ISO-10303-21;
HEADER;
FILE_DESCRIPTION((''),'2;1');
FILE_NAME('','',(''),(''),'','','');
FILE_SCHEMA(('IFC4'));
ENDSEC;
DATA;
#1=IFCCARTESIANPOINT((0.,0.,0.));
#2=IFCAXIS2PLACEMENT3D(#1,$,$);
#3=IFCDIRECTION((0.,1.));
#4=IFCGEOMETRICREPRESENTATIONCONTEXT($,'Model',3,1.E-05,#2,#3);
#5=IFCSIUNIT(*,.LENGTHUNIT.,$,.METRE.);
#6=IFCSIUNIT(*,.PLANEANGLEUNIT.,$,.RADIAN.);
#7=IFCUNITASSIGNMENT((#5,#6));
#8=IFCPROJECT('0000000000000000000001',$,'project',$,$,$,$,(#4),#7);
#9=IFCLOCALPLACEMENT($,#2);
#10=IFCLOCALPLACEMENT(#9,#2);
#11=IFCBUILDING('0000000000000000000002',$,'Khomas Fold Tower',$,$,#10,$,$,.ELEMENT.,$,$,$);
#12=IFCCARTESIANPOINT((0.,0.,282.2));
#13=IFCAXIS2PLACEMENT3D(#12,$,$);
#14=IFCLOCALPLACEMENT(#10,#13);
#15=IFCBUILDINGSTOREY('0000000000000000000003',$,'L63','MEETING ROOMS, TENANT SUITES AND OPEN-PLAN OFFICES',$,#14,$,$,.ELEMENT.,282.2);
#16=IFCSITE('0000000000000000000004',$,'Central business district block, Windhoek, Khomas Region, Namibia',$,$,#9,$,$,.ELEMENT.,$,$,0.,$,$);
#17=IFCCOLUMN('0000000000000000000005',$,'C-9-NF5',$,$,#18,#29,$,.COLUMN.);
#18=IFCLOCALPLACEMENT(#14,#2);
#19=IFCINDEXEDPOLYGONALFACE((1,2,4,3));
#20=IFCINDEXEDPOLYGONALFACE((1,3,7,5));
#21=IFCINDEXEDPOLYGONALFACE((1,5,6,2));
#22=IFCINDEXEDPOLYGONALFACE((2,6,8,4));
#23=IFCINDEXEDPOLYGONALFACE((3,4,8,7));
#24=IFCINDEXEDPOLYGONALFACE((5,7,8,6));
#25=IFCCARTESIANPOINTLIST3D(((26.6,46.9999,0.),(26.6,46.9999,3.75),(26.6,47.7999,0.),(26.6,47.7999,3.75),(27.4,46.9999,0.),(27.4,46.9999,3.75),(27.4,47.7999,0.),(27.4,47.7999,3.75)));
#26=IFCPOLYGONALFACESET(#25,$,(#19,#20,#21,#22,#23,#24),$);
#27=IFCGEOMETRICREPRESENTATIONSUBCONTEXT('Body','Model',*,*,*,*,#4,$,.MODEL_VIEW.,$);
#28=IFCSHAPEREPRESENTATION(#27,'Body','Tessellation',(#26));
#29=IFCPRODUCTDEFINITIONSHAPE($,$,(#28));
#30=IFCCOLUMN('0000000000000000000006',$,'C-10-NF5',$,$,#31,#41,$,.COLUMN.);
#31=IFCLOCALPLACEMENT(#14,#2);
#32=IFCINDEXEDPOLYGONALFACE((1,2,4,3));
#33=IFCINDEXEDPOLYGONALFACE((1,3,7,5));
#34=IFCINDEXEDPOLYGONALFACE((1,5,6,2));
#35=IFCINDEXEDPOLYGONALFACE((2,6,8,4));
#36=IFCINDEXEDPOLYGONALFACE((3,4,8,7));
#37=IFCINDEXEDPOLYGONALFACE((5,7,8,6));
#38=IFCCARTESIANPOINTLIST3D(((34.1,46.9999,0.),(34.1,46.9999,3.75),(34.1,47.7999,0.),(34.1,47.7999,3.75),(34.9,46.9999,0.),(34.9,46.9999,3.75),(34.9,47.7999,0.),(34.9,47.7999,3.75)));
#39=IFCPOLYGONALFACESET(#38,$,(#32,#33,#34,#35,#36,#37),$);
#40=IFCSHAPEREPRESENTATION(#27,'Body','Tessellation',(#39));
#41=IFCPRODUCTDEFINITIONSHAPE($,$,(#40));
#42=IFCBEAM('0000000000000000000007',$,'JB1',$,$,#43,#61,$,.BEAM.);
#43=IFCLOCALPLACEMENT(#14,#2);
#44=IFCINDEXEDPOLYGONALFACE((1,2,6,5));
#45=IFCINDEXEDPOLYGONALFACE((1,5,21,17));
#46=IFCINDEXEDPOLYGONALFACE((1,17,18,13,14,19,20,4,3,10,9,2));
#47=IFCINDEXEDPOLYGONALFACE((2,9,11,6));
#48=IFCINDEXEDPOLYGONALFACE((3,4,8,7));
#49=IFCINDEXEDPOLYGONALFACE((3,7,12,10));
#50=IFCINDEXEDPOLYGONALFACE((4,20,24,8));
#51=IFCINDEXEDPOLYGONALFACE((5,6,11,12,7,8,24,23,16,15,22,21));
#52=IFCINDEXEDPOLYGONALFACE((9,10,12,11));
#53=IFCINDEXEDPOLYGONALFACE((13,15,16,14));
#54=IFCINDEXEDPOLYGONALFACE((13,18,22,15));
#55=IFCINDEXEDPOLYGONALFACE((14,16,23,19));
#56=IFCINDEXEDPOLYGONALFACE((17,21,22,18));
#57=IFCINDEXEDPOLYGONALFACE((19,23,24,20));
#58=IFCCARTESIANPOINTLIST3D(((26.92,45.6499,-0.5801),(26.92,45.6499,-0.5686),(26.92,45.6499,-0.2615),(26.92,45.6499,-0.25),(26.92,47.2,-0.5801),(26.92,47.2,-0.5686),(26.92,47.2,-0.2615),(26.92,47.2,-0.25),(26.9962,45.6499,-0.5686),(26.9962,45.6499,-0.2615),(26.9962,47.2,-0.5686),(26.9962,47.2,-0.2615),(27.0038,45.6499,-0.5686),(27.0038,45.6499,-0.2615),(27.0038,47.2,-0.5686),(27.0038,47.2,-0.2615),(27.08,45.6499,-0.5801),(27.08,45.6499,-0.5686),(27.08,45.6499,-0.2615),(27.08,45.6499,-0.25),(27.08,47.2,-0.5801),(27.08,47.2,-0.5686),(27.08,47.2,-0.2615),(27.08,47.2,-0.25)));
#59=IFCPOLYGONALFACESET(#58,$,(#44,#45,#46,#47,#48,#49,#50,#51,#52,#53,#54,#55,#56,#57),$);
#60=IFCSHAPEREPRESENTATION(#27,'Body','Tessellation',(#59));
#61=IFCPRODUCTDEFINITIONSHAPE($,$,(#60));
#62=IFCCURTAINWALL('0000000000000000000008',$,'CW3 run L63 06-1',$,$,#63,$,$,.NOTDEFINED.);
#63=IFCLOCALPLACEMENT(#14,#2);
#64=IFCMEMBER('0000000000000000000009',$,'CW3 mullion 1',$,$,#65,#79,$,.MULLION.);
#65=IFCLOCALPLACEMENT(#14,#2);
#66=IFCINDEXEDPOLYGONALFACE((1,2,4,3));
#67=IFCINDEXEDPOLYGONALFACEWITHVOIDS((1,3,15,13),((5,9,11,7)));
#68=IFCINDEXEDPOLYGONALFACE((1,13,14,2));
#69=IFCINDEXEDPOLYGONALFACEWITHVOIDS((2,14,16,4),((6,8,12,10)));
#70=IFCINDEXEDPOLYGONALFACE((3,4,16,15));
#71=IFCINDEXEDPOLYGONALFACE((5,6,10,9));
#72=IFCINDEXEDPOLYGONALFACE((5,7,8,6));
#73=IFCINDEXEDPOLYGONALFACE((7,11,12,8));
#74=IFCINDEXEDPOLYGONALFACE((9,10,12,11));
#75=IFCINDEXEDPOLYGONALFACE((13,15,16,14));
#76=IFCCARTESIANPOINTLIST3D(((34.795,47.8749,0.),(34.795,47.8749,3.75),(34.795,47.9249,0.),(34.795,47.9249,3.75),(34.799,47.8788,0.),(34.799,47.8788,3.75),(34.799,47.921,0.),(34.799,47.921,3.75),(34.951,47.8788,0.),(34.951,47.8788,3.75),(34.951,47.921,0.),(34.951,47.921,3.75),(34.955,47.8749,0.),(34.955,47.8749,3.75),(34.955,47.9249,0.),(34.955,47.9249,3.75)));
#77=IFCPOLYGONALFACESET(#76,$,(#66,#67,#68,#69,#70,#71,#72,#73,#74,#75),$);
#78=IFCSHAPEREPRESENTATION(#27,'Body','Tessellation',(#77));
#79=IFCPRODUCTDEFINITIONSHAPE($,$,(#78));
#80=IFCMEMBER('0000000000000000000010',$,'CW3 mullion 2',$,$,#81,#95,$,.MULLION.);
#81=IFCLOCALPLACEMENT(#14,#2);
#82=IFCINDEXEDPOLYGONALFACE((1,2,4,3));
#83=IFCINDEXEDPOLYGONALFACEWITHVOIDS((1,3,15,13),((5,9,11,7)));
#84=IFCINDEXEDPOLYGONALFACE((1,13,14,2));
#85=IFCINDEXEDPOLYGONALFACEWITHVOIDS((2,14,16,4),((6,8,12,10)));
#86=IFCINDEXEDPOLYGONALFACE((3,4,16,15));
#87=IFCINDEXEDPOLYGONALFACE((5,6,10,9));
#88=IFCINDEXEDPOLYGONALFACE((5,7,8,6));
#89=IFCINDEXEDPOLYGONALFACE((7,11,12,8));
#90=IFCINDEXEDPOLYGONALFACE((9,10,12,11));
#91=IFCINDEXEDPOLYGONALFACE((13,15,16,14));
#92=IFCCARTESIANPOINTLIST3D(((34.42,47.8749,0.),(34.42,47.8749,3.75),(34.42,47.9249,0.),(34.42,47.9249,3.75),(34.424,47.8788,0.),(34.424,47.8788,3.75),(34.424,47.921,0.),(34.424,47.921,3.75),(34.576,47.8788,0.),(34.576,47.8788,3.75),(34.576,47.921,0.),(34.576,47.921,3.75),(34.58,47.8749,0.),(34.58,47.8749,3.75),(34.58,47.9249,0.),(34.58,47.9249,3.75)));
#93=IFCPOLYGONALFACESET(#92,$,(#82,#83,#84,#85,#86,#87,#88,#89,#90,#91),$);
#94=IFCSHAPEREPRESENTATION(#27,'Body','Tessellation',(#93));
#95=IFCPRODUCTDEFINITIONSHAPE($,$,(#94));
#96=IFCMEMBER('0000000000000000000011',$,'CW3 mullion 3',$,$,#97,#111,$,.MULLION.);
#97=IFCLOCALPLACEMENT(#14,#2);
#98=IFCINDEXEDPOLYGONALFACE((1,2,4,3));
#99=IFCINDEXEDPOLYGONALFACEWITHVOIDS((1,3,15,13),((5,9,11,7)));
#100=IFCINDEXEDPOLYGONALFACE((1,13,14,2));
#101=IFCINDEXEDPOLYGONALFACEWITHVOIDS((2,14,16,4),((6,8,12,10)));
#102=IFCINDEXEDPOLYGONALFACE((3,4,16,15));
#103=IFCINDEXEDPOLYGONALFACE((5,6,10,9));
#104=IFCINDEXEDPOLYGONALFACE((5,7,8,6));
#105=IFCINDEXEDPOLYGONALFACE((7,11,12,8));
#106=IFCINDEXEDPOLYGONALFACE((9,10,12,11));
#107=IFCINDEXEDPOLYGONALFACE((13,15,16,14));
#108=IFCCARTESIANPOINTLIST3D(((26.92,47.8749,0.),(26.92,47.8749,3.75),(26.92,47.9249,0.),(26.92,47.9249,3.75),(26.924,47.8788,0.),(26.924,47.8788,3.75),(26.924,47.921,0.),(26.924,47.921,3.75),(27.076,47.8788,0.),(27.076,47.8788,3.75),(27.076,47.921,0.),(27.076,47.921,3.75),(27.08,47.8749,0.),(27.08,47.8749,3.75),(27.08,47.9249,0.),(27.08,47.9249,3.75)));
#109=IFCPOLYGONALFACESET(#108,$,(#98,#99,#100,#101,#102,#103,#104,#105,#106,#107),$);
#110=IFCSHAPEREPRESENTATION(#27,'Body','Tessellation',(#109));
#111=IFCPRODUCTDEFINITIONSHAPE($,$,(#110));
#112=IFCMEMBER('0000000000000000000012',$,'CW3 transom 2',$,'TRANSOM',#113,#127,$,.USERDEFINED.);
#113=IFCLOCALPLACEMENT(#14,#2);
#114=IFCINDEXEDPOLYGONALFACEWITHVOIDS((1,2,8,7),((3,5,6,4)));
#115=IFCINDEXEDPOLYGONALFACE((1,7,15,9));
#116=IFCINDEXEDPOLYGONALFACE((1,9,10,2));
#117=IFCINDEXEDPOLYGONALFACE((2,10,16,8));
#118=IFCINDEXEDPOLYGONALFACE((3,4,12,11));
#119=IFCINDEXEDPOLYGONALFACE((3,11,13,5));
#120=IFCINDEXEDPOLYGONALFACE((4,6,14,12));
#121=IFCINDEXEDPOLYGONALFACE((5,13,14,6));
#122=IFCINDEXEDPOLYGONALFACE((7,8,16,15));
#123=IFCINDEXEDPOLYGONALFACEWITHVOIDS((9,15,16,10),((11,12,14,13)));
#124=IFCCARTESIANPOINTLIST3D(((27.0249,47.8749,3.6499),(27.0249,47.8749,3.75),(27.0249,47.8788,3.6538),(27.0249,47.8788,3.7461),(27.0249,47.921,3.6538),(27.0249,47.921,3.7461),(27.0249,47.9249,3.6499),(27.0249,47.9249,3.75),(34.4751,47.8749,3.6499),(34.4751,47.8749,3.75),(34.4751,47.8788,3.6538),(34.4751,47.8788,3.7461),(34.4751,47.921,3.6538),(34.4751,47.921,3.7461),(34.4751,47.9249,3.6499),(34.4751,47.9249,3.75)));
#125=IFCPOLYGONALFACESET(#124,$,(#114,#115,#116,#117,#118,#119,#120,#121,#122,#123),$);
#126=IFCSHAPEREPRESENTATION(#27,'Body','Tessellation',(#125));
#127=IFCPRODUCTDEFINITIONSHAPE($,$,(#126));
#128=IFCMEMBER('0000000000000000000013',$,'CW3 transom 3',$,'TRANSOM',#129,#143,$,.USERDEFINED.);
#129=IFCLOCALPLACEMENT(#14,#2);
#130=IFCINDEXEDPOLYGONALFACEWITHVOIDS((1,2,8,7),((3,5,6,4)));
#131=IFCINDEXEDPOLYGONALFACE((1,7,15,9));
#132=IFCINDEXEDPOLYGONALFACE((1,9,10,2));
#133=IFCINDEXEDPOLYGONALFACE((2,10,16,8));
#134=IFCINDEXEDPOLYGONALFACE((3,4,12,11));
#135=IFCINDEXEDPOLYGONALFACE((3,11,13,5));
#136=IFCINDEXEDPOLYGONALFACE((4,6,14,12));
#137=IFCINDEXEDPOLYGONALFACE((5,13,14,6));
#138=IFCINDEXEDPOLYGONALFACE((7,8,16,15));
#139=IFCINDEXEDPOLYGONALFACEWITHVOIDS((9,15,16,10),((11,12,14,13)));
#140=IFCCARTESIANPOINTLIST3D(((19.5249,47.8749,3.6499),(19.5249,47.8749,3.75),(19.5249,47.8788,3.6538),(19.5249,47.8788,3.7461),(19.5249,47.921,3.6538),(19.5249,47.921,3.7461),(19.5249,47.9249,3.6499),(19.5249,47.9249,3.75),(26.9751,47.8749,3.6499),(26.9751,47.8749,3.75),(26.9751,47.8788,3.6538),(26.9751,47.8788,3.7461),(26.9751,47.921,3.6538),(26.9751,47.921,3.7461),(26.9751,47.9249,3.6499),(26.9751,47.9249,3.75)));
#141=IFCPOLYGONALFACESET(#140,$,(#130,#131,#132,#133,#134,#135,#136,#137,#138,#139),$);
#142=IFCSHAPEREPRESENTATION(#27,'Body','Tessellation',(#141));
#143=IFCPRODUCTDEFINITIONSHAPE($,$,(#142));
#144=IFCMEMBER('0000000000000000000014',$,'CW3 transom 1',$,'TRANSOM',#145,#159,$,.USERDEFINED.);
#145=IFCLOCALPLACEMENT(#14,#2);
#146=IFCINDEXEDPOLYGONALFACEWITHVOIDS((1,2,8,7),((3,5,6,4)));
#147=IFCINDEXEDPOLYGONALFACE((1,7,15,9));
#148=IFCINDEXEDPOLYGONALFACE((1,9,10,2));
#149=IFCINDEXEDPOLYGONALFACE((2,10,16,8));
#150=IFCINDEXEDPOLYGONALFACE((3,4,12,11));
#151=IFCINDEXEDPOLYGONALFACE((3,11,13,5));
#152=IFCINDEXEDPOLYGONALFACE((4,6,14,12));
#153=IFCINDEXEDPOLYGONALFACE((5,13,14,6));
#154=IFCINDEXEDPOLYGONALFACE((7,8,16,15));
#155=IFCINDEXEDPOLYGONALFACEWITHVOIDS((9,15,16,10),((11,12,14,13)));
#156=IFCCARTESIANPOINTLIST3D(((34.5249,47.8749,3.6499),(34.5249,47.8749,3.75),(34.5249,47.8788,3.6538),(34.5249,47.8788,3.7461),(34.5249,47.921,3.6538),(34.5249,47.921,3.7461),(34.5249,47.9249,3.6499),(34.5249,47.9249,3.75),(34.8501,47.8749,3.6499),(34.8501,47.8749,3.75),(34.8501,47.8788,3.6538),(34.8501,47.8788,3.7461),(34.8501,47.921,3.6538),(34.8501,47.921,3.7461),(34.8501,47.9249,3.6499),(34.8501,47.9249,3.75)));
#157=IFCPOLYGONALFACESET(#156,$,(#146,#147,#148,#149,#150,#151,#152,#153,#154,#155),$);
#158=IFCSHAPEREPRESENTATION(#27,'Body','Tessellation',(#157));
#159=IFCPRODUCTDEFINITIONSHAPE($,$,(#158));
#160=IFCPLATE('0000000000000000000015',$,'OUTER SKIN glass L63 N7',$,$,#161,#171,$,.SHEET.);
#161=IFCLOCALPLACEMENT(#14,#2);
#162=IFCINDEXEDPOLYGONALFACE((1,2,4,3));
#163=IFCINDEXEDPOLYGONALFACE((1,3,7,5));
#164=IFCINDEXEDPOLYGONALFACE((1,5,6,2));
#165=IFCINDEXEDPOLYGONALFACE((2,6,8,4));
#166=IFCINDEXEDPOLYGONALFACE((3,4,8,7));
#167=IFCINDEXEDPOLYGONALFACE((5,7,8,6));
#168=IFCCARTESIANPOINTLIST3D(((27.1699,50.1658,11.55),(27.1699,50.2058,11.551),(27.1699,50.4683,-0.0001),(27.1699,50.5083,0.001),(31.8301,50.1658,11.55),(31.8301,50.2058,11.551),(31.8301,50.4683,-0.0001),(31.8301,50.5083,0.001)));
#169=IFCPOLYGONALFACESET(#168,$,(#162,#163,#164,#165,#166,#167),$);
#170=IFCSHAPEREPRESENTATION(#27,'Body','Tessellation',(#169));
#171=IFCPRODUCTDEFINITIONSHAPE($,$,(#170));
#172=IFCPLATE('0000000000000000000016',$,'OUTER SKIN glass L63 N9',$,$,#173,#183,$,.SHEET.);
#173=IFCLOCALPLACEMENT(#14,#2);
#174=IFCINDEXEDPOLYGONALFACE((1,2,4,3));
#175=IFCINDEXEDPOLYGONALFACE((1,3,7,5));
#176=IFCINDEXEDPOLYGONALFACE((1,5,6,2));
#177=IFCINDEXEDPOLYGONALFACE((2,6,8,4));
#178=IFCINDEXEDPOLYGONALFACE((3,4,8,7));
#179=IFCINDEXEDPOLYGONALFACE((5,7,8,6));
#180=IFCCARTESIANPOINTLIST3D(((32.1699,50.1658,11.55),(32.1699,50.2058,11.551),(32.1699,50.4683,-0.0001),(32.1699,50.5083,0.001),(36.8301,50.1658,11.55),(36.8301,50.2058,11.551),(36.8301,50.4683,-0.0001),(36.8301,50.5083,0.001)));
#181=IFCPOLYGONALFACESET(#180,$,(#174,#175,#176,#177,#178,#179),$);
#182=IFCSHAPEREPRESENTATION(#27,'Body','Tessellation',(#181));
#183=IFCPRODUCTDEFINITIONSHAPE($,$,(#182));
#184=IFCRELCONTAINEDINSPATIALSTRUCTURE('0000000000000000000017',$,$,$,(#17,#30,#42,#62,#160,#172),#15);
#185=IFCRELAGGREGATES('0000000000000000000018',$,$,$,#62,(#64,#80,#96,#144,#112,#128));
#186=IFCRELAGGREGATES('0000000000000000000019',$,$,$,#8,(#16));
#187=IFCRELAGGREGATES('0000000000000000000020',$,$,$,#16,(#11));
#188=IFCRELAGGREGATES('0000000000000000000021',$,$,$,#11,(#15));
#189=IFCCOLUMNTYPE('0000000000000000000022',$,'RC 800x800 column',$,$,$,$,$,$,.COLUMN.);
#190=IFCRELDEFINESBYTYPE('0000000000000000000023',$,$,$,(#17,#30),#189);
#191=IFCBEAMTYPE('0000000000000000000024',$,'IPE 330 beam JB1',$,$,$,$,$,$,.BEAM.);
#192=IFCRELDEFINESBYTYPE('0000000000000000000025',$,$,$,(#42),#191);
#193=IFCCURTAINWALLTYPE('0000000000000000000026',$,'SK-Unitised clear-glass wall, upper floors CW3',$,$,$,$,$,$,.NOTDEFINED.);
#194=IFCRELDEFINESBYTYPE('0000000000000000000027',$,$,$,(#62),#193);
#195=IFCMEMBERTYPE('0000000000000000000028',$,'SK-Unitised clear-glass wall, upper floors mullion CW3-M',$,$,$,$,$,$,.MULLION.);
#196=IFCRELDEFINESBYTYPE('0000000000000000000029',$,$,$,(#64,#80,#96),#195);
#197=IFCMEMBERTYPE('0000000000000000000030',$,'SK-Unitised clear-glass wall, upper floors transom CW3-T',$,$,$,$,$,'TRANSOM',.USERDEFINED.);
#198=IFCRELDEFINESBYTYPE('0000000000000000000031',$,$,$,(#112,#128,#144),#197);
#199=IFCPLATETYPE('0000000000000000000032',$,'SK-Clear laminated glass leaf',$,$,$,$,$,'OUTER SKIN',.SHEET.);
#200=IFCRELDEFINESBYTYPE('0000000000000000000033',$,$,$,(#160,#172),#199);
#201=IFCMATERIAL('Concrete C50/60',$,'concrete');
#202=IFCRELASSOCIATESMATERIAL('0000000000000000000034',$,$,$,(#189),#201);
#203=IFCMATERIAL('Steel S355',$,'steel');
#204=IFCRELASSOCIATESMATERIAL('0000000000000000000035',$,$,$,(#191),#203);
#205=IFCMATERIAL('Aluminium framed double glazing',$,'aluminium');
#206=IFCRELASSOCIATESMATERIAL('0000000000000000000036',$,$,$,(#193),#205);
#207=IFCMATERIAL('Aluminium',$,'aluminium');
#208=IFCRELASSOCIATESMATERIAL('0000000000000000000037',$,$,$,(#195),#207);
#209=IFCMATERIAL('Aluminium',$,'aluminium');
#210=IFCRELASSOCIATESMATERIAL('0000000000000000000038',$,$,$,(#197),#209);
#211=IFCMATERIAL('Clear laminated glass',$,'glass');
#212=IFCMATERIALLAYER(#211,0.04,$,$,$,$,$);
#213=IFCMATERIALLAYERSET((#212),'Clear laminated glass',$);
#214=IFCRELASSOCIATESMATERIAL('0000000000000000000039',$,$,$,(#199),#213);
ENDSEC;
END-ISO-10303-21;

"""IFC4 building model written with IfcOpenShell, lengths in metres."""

from ifc_helpers import new_model, si_unit, direction, frame, origin, origin_2d, place, context, subcontext, project, spatial, polyline, rectangle, hollow_rectangle, i_section, outline, extrude, source, transform, mapped, material, layer, layer_set, material_profile, profile_set, type_object, element, aggregate, save


model = new_model("IFC4")

# Units and contexts
model_context = context("Model", 3, precision=1e-05, world=origin(), true_north=direction((0.0, 1.0)))
body_context = subcontext(model_context, "Body", "Model", "MODEL_VIEW")
ifc_project = project(units=[si_unit("LENGTHUNIT", "METRE"), si_unit("PLANEANGLEUNIT", "RADIAN")], contexts=[model_context])

# Site, building, storey
site_placement = place(None, origin())
site = spatial("IfcSite", under=ifc_project, at=site_placement, Name="Central business district block, Windhoek, Khomas Region, Namibia", CompositionType="ELEMENT", RefElevation=0.0)
building_placement = place(site_placement, origin())
building = spatial("IfcBuilding", under=site, at=building_placement, Name="Khomas Fold Tower", CompositionType="ELEMENT")
storey_placement = place(building_placement, frame((0.0, 0.0, 282.2)))
storey = spatial("IfcBuildingStorey", under=building, at=storey_placement, Name="L63", Description="MEETING ROOMS, TENANT SUITES AND OPEN-PLAN OFFICES", CompositionType="ELEMENT", Elevation=282.2)

# Columns
ifc_material_1 = material(Name="Concrete C50/60", Category="concrete")
ifc_material_profile_1 = material_profile(ifc_material_1, rectangle(XDim=0.8, YDim=0.8, at=origin_2d()), Name="RC 800x800")
ifc_profile_set_1 = profile_set([ifc_material_profile_1], Name="Concrete C50/60")
column_type = type_object("IfcColumnType", Name="RC 800x800 column", PredefinedType="COLUMN", material=ifc_profile_set_1)
shared_shape_1 = source(origin(), body_context, "Body", "SweptSolid", [
    extrude(rectangle(XDim=0.8, YDim=0.8, at=origin_2d()), origin(), (0.0, 0.0, 1.0), 3.75),
])
for number, where, z_axis, x_axis, name in (
    (1, (27.0, 47.3999, 0.0), (0.0, 0.0, 1.0), (1.0, 0.0, 0.0), "C-9-NF5"),
    (2, (34.5, 47.3999, 0.0), (0.0, 0.0, 1.0), (1.0, 0.0, 0.0), "C-10-NF5"),
):
    element("IfcColumn", number, at=place(storey_placement, frame(where, z_axis=z_axis, x_axis=x_axis)), inside=storey, type_object=column_type, Name=name, PredefinedType="COLUMN", context=body_context, shape_type="MappedRepresentation", body=[
        mapped(shared_shape_1, transform((0.0, 0.0, 0.0))),
    ])

# Beam
ifc_material_2 = material(Name="Steel S355", Category="steel")
ifc_material_profile_2 = material_profile(ifc_material_2, i_section(OverallWidth=0.1599, OverallDepth=0.3301, WebThickness=0.0076, FlangeThickness=0.0115, at=origin_2d()), Name="IPE 330")
ifc_profile_set_2 = profile_set([ifc_material_profile_2], Name="Steel S355")
beam_type = type_object("IfcBeamType", Name="IPE 330 beam JB1", PredefinedType="BEAM", material=ifc_profile_set_2)
shared_shape_2 = source(origin(), body_context, "Body", "SweptSolid", [
    extrude(i_section(OverallWidth=0.1599, OverallDepth=0.3301, WebThickness=0.0076, FlangeThickness=0.0115, at=origin_2d()), origin(), (0.0, 0.0, 1.0), 1.55),
])
beam_placement = place(storey_placement, frame((27.0, 45.6499, -0.415), z_axis=(0.0, 1.0, 0.0), x_axis=(-1.0, 0.0, 0.0)))
element("IfcBeam", 3, at=beam_placement, inside=storey, type_object=beam_type, Name="JB1", PredefinedType="BEAM", context=body_context, shape_type="MappedRepresentation", body=[
    mapped(shared_shape_2, transform((0.0, 0.0, 0.0))),
])

# Curtain wall, members
ifc_material_3 = material(Name="Aluminium framed double glazing", Category="aluminium")
curtain_wall_type = type_object("IfcCurtainWallType", Name="SK-Unitised clear-glass wall, upper floors CW3", PredefinedType="NOTDEFINED", material=ifc_material_3)
curtain_wall_placement = place(storey_placement, origin())
curtain_wall = element("IfcCurtainWall", 4, at=curtain_wall_placement, inside=storey, type_object=curtain_wall_type, Name="CW3 run L63 06-1", PredefinedType="NOTDEFINED")
ifc_material_4 = material(Name="Aluminium", Category="aluminium")
ifc_material_profile_3 = material_profile(ifc_material_4, hollow_rectangle(XDim=0.05, YDim=0.1599, WallThickness=0.0039, at=origin_2d()), Name="SK-Unitised clear-glass wall, upper floors mullion CW3-M")
ifc_profile_set_3 = profile_set([ifc_material_profile_3], Name="Aluminium")
member_type_1 = type_object("IfcMemberType", Name="SK-Unitised clear-glass wall, upper floors mullion CW3-M", PredefinedType="MULLION", material=ifc_profile_set_3)
shared_shape_3 = source(origin(), body_context, "Body", "SweptSolid", [
    extrude(hollow_rectangle(XDim=0.05, YDim=0.1599, WallThickness=0.0039, at=origin_2d()), origin(), (0.0, 0.0, 1.0), 3.75),
])
member_1_placement = place(storey_placement, frame((34.875, 47.8999, 0.0), z_axis=(0.0, 0.0, 1.0), x_axis=(0.0, -1.0, 0.0)))
member_1 = element("IfcMember", 5, at=member_1_placement, type_object=member_type_1, Name="CW3 mullion 1", PredefinedType="MULLION", context=body_context, shape_type="MappedRepresentation", body=[
    mapped(shared_shape_3, transform((0.0, 0.0, 0.0))),
])
member_2_placement = place(storey_placement, frame((34.5, 47.8999, 0.0), z_axis=(0.0, 0.0, 1.0), x_axis=(0.0, -1.0, 0.0)))
member_2 = element("IfcMember", 6, at=member_2_placement, type_object=member_type_1, Name="CW3 mullion 2", PredefinedType="MULLION", context=body_context, shape_type="MappedRepresentation", body=[
    mapped(shared_shape_3, transform((0.0, 0.0, 0.0))),
])
member_3_placement = place(storey_placement, frame((27.0, 47.8999, 0.0), z_axis=(0.0, 0.0, 1.0), x_axis=(0.0, -1.0, 0.0)))
member_3 = element("IfcMember", 7, at=member_3_placement, type_object=member_type_1, Name="CW3 mullion 3", PredefinedType="MULLION", context=body_context, shape_type="MappedRepresentation", body=[
    mapped(shared_shape_3, transform((0.0, 0.0, 0.0))),
])
ifc_material_5 = material(Name="Aluminium", Category="aluminium")
ifc_material_profile_4 = material_profile(ifc_material_5, hollow_rectangle(XDim=0.05, YDim=0.1001, WallThickness=0.0039, at=origin_2d()), Name="SK-Unitised clear-glass wall, upper floors transom CW3-T")
ifc_profile_set_4 = profile_set([ifc_material_profile_4], Name="Aluminium")
member_type_2 = type_object("IfcMemberType", Name="SK-Unitised clear-glass wall, upper floors transom CW3-T", ElementType="TRANSOM", PredefinedType="USERDEFINED", material=ifc_profile_set_4)
shared_shape_4 = source(origin(), body_context, "Body", "SweptSolid", [
    extrude(hollow_rectangle(XDim=0.05, YDim=0.1001, WallThickness=0.0039, at=origin_2d()), origin(), (0.0, 0.0, 1.0), 7.4502),
])
member_4_placement = place(storey_placement, frame((34.4751, 47.8999, 3.7), z_axis=(-1.0, 0.0, 0.0), x_axis=(0.0, -1.0, 0.0)))
member_4 = element("IfcMember", 8, at=member_4_placement, type_object=member_type_2, Name="CW3 transom 2", ObjectType="TRANSOM", PredefinedType="USERDEFINED", context=body_context, shape_type="MappedRepresentation", body=[
    mapped(shared_shape_4, transform((0.0, 0.0, 0.0))),
])
member_5_placement = place(storey_placement, frame((26.9751, 47.8999, 3.7), z_axis=(-1.0, 0.0, 0.0), x_axis=(0.0, -1.0, 0.0)))
member_5 = element("IfcMember", 9, at=member_5_placement, type_object=member_type_2, Name="CW3 transom 3", ObjectType="TRANSOM", PredefinedType="USERDEFINED", context=body_context, shape_type="MappedRepresentation", body=[
    mapped(shared_shape_4, transform((0.0, 0.0, 0.0))),
])
shared_shape_5 = source(origin(), body_context, "Body", "SweptSolid", [
    extrude(hollow_rectangle(XDim=0.05, YDim=0.1001, WallThickness=0.0039, at=origin_2d()), origin(), (0.0, 0.0, 1.0), 0.3252),
])
member_6_placement = place(storey_placement, frame((34.8501, 47.8999, 3.7), z_axis=(-1.0, 0.0, 0.0), x_axis=(0.0, -1.0, 0.0)))
member_6 = element("IfcMember", 10, at=member_6_placement, type_object=member_type_2, Name="CW3 transom 1", ObjectType="TRANSOM", PredefinedType="USERDEFINED", context=body_context, shape_type="MappedRepresentation", body=[
    mapped(shared_shape_5, transform((0.0, 0.0, 0.0))),
])

# Plates
ifc_material_6 = material(Name="Clear laminated glass", Category="glass")
ifc_layer_1 = layer(ifc_material_6, 0.04)
ifc_layer_set_1 = layer_set([ifc_layer_1], Name="Clear laminated glass")
plate_type_1 = type_object("IfcPlateType", Name="SK-Clear laminated glass leaf", ElementType="OUTER SKIN", PredefinedType="SHEET", material=ifc_layer_set_1)
for number, where, z_axis, x_axis, name in (
    (11, (27.1699, 50.5083, 0.001), (0.0, 0.999657, 0.026181), (1.0, 0.0, 0.0), "OUTER SKIN glass L63 N7"),
    (12, (32.1699, 50.5083, 0.001), (0.0, 0.999657, 0.026181), (1.0, 0.0, 0.0), "OUTER SKIN glass L63 N9"),
):
    element("IfcPlate", number, at=place(storey_placement, frame(where, z_axis=z_axis, x_axis=x_axis)), inside=storey, type_object=plate_type_1, Name=name, PredefinedType="SHEET", context=body_context, shape_type="SweptSolid", body=[
        extrude(outline(polyline([(0.0, 0.0), (4.6602, 0.0), (4.6602, -11.554), (0.0, -11.554), (0.0, 0.0)])), origin(), (0.0, 0.0, -1.0), 0.04),
    ])

aggregate(curtain_wall, [member_1, member_2, member_3, member_6, member_4, member_5])

save(model, "model.ifc")
